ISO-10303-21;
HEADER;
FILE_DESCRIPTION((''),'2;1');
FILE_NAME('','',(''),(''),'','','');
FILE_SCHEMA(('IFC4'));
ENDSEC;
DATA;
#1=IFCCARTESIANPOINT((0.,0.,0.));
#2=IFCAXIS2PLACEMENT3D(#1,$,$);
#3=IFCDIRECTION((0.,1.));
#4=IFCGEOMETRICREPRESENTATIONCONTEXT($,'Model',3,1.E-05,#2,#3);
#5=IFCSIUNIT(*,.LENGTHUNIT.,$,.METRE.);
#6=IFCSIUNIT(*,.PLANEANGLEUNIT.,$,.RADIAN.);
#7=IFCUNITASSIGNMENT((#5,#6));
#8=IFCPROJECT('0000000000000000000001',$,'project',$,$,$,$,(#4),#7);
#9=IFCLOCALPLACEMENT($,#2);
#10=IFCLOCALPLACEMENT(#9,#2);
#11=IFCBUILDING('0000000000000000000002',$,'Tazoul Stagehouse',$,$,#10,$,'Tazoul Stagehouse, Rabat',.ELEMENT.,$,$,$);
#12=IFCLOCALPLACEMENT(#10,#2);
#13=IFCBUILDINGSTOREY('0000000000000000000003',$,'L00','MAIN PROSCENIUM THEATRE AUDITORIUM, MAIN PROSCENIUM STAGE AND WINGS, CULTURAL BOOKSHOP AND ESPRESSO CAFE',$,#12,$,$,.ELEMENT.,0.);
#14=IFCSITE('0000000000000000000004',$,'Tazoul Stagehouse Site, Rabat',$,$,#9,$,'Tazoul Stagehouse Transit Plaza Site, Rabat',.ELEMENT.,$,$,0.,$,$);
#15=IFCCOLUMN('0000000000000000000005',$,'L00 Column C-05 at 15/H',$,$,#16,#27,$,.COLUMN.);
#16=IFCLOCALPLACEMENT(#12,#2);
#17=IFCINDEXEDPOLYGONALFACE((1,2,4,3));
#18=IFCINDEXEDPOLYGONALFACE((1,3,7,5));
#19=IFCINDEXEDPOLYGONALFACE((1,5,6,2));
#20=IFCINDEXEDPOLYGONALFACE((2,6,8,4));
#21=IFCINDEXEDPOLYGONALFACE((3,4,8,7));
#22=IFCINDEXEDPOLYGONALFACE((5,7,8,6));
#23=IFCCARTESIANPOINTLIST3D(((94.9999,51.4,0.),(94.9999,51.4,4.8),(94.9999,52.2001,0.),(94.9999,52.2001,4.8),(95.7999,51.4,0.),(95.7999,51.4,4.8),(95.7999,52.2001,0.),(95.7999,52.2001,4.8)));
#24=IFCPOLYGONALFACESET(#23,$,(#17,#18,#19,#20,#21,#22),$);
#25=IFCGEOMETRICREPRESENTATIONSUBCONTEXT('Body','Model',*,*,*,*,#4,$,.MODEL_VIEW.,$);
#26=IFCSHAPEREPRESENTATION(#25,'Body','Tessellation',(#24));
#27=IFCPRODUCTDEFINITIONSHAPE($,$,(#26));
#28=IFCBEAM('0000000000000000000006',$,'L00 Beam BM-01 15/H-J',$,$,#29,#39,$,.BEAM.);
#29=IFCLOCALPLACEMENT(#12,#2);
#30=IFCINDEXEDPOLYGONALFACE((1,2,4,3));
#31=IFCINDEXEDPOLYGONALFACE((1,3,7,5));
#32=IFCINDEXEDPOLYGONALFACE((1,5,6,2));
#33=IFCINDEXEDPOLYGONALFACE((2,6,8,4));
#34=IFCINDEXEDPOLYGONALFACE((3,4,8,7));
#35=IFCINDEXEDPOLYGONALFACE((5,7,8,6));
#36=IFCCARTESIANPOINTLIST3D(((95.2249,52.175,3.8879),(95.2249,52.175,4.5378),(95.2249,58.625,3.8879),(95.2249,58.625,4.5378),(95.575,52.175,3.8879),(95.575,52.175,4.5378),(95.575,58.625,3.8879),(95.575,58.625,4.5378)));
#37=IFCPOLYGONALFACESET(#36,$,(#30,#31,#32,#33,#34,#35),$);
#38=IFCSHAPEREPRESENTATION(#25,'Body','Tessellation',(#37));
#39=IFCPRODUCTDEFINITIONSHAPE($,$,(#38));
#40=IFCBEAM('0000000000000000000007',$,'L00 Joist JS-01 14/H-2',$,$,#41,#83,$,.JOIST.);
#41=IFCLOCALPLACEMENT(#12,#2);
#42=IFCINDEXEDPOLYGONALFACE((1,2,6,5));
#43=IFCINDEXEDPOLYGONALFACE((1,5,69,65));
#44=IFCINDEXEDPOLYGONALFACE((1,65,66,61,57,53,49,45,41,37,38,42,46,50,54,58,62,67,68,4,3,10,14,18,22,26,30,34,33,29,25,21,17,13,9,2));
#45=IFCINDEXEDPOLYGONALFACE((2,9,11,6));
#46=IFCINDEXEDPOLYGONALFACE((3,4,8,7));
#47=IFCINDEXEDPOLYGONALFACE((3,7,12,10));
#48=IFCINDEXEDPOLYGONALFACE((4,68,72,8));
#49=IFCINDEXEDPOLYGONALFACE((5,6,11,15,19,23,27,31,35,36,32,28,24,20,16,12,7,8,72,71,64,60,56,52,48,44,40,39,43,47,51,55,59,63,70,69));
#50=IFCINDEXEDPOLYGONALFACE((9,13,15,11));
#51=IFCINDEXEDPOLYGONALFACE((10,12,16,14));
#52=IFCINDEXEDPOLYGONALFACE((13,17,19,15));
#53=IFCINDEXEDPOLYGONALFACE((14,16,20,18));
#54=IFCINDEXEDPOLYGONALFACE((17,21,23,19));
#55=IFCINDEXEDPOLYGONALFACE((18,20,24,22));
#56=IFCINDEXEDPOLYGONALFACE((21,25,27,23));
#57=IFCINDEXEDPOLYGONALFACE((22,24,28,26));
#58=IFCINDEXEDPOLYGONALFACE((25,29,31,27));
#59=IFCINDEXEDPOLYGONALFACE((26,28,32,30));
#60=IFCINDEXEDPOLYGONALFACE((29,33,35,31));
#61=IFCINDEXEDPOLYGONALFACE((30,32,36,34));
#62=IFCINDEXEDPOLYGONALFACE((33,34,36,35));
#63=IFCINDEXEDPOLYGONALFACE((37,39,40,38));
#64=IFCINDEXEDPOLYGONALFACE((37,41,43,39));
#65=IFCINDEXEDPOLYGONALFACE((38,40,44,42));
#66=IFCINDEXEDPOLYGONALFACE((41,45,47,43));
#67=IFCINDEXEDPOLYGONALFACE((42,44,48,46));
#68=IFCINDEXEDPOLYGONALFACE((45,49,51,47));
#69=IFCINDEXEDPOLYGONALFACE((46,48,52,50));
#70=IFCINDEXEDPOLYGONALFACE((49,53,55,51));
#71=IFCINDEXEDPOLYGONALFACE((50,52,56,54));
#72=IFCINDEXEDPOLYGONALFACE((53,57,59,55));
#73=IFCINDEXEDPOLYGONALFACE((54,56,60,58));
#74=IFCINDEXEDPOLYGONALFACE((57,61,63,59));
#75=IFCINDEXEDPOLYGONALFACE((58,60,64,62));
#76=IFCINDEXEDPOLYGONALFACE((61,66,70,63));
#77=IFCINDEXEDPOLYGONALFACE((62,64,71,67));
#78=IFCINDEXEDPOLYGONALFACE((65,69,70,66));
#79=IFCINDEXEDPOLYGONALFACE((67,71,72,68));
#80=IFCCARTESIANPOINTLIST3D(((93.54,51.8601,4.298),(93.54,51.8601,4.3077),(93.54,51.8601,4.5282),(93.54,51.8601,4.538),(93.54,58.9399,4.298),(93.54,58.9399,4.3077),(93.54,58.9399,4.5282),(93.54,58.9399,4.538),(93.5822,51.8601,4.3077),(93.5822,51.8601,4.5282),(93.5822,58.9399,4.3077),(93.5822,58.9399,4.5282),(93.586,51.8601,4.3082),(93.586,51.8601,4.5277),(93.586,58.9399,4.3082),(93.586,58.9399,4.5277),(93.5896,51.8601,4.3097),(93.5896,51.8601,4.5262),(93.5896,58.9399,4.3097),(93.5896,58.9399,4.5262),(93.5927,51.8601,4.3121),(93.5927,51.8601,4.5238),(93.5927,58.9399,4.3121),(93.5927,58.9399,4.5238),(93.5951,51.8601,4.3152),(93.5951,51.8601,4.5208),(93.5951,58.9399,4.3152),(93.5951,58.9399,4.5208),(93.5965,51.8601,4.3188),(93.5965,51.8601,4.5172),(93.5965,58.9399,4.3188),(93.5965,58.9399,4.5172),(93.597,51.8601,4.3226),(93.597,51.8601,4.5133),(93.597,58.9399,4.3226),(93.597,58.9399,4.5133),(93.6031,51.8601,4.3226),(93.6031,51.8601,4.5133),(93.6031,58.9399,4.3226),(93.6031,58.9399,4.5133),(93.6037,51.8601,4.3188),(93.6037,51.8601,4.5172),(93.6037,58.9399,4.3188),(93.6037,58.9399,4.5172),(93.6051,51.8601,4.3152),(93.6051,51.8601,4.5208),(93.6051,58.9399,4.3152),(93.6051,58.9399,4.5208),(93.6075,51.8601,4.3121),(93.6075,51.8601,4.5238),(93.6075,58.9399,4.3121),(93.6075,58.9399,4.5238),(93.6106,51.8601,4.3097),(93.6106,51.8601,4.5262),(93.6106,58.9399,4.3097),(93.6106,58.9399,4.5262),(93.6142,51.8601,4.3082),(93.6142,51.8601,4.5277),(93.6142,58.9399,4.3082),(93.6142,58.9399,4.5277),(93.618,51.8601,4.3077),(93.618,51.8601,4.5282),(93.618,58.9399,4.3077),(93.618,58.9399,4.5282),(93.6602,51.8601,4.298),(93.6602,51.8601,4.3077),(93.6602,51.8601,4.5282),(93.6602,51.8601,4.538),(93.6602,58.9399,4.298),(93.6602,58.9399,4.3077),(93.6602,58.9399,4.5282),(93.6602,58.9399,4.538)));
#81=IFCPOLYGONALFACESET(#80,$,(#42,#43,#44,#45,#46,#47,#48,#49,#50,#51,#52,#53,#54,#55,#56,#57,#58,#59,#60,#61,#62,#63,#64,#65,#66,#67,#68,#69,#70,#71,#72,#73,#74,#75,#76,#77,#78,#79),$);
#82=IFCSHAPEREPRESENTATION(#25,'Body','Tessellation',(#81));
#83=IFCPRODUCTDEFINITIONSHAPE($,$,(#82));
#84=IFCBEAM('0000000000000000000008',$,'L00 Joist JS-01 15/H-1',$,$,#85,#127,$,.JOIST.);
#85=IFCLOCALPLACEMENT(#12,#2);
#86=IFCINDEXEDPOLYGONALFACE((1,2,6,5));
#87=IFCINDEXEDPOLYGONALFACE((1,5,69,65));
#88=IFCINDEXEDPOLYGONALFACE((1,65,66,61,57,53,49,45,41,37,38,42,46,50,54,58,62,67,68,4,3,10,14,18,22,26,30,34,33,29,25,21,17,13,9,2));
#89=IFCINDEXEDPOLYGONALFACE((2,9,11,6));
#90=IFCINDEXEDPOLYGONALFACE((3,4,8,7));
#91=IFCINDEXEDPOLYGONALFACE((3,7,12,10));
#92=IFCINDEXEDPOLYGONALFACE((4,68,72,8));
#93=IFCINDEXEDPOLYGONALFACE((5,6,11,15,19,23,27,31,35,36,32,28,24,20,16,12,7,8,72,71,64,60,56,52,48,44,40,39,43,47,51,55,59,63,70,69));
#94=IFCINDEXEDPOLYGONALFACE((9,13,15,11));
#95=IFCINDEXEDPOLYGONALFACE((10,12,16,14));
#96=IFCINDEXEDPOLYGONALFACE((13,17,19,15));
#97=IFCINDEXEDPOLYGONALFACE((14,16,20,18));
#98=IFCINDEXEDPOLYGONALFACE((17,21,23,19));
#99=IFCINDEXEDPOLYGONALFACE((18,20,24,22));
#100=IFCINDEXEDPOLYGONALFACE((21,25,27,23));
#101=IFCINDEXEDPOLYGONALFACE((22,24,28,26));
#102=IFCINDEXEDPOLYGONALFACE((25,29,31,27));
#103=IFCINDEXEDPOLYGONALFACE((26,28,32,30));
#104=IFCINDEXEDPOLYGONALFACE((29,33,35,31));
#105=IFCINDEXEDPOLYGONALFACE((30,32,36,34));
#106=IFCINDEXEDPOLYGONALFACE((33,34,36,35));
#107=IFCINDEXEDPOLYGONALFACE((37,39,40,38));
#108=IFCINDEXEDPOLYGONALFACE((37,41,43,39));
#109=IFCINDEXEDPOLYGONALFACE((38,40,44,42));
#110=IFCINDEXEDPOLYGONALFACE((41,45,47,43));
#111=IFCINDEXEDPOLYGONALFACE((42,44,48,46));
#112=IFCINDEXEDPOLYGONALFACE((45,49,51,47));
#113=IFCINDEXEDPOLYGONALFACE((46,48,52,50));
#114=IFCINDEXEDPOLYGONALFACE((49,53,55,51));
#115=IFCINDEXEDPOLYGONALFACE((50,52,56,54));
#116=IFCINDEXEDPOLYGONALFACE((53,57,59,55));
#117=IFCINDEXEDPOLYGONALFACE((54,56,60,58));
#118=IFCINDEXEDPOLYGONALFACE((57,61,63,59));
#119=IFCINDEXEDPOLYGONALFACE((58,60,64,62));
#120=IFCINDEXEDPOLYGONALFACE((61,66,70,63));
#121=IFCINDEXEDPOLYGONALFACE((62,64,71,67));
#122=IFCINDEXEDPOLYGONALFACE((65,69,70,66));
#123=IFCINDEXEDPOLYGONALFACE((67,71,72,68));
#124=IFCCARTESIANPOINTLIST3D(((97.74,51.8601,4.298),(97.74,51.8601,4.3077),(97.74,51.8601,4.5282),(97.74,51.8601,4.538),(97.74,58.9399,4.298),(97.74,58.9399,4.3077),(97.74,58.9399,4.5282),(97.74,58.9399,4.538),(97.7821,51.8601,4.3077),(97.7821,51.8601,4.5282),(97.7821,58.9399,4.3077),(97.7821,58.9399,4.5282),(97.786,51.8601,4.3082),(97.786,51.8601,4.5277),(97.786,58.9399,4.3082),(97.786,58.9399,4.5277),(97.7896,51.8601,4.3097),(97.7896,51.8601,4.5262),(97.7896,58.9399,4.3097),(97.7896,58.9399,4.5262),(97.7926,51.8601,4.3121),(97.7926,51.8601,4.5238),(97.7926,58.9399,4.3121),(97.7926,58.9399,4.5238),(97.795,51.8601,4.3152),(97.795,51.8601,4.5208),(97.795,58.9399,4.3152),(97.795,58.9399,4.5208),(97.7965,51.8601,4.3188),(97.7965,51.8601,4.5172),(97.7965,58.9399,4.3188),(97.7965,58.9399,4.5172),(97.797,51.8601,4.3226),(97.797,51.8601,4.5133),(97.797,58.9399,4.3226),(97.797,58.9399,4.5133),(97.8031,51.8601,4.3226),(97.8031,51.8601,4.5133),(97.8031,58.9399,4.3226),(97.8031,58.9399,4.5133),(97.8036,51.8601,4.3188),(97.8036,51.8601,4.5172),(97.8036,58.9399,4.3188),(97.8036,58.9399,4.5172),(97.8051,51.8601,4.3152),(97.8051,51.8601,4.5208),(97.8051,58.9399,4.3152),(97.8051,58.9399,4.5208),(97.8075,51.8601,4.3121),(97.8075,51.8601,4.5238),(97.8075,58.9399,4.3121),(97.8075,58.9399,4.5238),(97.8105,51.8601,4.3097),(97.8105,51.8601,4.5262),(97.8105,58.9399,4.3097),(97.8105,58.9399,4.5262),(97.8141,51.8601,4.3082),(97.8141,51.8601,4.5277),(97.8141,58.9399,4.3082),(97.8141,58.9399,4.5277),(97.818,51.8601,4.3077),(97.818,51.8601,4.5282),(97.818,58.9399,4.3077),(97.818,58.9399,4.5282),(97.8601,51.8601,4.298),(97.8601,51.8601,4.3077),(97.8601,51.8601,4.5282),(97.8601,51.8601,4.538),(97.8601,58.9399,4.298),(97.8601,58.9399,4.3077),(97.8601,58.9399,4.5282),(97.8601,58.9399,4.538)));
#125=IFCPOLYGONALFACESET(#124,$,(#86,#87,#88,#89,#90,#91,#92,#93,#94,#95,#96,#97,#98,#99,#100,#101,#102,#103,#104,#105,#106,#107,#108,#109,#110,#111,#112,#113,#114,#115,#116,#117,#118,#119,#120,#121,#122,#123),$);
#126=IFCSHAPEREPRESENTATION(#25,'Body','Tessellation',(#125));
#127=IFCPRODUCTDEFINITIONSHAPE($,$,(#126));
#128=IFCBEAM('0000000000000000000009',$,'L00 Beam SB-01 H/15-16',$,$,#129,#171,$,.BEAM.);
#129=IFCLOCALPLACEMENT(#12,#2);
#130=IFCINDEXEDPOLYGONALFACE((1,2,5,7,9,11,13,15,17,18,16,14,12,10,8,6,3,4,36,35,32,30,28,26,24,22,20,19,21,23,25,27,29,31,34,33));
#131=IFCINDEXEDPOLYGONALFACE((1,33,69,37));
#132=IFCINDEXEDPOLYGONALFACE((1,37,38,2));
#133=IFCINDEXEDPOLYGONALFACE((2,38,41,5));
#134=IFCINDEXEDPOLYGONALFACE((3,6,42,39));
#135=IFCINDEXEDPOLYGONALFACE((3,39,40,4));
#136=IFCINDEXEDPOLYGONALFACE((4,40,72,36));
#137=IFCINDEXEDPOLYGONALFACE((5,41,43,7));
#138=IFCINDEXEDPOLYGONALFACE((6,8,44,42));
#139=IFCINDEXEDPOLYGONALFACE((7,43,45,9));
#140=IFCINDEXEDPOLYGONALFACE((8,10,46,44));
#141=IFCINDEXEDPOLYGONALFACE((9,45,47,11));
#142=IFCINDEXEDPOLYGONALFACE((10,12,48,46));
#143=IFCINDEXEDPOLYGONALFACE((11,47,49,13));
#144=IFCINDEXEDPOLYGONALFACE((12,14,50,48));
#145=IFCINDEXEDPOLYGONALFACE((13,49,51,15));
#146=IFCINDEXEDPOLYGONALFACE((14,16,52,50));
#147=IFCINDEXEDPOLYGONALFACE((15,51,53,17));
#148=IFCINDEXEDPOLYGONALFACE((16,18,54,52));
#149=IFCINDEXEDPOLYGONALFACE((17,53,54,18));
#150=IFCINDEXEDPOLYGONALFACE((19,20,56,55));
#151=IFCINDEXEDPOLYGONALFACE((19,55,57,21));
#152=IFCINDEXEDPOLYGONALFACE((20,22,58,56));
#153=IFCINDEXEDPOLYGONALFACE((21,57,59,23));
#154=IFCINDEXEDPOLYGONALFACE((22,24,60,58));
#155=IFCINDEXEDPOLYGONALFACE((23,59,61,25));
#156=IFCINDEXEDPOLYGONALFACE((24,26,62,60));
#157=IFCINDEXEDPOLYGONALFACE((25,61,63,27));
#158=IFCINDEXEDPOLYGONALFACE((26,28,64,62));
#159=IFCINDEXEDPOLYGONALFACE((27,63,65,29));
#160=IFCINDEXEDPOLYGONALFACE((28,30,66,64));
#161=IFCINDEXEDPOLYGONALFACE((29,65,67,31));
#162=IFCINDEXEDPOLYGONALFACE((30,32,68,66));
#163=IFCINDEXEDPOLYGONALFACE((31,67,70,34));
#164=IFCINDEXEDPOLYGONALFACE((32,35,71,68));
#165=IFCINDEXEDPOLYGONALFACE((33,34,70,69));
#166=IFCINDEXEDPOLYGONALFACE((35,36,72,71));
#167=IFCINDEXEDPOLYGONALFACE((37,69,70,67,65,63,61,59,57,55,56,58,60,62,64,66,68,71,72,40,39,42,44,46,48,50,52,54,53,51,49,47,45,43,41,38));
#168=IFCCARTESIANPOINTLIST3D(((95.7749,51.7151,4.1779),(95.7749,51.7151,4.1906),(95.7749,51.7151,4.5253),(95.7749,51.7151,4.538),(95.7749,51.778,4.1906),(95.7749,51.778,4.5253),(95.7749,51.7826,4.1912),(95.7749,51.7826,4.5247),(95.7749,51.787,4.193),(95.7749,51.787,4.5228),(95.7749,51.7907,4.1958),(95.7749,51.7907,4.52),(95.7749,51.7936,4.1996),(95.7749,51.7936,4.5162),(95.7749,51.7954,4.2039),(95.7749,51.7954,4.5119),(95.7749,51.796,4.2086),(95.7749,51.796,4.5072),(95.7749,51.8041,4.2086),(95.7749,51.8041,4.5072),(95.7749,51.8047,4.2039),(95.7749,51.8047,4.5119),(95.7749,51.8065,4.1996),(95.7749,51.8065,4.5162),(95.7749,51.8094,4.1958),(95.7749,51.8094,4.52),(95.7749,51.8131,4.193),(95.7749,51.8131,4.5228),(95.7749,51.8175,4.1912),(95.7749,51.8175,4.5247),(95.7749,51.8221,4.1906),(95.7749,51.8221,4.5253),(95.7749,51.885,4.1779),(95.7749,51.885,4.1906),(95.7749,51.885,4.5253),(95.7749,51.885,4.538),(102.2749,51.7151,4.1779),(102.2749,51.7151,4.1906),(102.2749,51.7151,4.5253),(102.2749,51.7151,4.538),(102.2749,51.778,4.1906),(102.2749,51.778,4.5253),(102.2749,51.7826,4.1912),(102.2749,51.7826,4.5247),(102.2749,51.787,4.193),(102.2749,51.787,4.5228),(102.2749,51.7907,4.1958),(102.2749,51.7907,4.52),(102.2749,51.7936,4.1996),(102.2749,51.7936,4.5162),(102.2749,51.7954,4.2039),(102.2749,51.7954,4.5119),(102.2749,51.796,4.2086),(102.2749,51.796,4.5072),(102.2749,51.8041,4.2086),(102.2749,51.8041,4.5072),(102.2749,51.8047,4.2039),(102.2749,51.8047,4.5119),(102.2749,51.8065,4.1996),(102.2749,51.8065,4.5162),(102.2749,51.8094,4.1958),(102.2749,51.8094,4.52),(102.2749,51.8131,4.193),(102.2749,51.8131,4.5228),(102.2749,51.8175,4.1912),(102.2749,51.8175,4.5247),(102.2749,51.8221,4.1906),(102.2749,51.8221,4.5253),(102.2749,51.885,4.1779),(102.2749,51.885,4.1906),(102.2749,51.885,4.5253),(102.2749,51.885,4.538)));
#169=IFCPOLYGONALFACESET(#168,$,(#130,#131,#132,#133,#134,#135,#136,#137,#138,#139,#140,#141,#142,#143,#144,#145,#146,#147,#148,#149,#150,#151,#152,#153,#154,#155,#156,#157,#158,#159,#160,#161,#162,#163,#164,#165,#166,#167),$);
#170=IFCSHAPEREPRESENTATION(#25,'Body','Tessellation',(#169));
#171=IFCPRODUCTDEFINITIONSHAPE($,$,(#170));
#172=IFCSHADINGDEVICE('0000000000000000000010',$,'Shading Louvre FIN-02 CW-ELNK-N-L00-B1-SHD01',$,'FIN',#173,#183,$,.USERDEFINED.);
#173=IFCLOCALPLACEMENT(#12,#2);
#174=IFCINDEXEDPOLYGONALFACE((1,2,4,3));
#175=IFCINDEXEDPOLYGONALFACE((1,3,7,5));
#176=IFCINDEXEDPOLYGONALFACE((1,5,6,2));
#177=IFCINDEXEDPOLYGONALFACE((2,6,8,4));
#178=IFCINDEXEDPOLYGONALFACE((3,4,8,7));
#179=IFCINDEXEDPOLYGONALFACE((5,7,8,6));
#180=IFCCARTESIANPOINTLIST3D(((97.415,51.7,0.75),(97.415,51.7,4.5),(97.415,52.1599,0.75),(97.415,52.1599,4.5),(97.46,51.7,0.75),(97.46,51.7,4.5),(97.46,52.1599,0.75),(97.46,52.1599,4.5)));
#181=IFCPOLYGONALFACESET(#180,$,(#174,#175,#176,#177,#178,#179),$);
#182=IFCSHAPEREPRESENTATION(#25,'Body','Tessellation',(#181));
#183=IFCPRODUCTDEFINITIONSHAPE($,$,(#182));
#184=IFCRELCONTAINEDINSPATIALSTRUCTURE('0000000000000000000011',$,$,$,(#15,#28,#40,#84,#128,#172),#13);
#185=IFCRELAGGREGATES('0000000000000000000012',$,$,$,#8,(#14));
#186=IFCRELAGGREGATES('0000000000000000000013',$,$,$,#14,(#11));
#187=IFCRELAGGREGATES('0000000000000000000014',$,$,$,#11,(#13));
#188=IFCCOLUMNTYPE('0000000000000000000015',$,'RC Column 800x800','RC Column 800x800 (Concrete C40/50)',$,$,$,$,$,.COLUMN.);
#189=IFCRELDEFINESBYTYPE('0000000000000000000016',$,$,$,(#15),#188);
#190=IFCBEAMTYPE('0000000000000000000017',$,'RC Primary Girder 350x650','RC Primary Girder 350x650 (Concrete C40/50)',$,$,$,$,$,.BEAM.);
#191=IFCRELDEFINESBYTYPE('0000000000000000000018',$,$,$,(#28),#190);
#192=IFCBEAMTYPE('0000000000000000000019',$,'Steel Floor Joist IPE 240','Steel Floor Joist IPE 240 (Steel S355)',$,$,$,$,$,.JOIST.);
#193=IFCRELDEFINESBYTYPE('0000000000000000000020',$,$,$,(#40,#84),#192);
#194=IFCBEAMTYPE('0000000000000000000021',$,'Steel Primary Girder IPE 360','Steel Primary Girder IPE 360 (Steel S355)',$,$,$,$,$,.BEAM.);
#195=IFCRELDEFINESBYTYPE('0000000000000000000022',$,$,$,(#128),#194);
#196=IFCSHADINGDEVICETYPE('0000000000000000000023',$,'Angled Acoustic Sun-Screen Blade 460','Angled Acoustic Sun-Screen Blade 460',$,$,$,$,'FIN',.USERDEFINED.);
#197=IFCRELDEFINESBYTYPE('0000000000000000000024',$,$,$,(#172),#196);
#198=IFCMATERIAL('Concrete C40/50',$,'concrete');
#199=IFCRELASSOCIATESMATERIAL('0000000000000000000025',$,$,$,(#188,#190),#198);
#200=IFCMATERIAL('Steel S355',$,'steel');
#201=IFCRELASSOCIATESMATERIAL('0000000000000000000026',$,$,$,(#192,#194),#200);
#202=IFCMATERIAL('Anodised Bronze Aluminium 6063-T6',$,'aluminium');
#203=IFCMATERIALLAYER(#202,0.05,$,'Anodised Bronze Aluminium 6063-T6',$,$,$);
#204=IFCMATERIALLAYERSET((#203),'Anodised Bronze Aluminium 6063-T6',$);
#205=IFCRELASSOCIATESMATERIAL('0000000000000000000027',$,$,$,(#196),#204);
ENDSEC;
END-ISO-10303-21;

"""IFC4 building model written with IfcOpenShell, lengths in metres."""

from ifc_helpers import new_model, si_unit, direction, frame, origin, origin_2d, place, context, subcontext, project, spatial, rectangle, i_section, extrude, material, layer, layer_set, material_profile, profile_set, type_object, element, save


model = new_model("IFC4")

# Units and contexts
model_context = context("Model", 3, precision=1e-05, world=origin(), true_north=direction((0.0, 1.0)))
body_context = subcontext(model_context, "Body", "Model", "MODEL_VIEW")
ifc_project = project(units=[si_unit("LENGTHUNIT", "METRE"), si_unit("PLANEANGLEUNIT", "RADIAN")], contexts=[model_context])

# Site, building, storey
site_placement = place(None, origin())
site = spatial("IfcSite", under=ifc_project, at=site_placement, Name="Tazoul Stagehouse Site, Rabat", LongName="Tazoul Stagehouse Transit Plaza Site, Rabat", CompositionType="ELEMENT", RefElevation=0.0)
building_placement = place(site_placement, origin())
building = spatial("IfcBuilding", under=site, at=building_placement, Name="Tazoul Stagehouse", LongName="Tazoul Stagehouse, Rabat", CompositionType="ELEMENT")
storey_placement = place(building_placement, origin())
storey = spatial("IfcBuildingStorey", under=building, at=storey_placement, Name="L00", Description="MAIN PROSCENIUM THEATRE AUDITORIUM, MAIN PROSCENIUM STAGE AND WINGS, CULTURAL BOOKSHOP AND ESPRESSO CAFE", CompositionType="ELEMENT", Elevation=0.0)

# Column
ifc_material_1 = material(Name="Concrete C40/50", Category="concrete")
ifc_material_profile_1 = material_profile(ifc_material_1, rectangle(XDim=0.8, YDim=0.8, at=origin_2d()), Name="RC 800x800")
ifc_profile_set_1 = profile_set([ifc_material_profile_1], Name="Concrete C40/50")
column_type = type_object("IfcColumnType", Name="RC Column 800x800", Description="RC Column 800x800 (Concrete C40/50)", PredefinedType="COLUMN", material=ifc_profile_set_1)
column_placement = place(storey_placement, frame((95.3999, 51.8, 0.0), z_axis=(0.0, 0.0, 1.0), x_axis=(1.0, 0.0, 0.0)))
element("IfcColumn", 1, at=column_placement, inside=storey, type_object=column_type, Name="L00 Column C-05 at 15/H", PredefinedType="COLUMN", context=body_context, shape_type="SweptSolid", body=[
    extrude(rectangle(XDim=0.8, YDim=0.8, at=origin_2d()), origin(), (0.0, 0.0, 1.0), 4.8),
])

# Beams
ifc_material_profile_2 = material_profile(ifc_material_1, rectangle(XDim=0.3501, YDim=0.6499, at=origin_2d()), Name="RC 350x650")
ifc_profile_set_2 = profile_set([ifc_material_profile_2], Name="Concrete C40/50")
beam_type_1 = type_object("IfcBeamType", Name="RC Primary Girder 350x650", Description="RC Primary Girder 350x650 (Concrete C40/50)", PredefinedType="BEAM", material=ifc_profile_set_2)
beam_1_placement = place(storey_placement, frame((95.3999, 52.175, 4.2129), z_axis=(0.0, 1.0, 0.0), x_axis=(-1.0, 0.0, 0.0)))
element("IfcBeam", 2, at=beam_1_placement, inside=storey, type_object=beam_type_1, Name="L00 Beam BM-01 15/H-J", PredefinedType="BEAM", context=body_context, shape_type="SweptSolid", body=[
    extrude(rectangle(XDim=0.3501, YDim=0.6499, at=origin_2d()), origin(), (0.0, 0.0, 1.0), 6.45),
])
ifc_material_2 = material(Name="Steel S355", Category="steel")
ifc_material_profile_3 = material_profile(ifc_material_2, i_section(OverallWidth=0.1201, OverallDepth=0.24, WebThickness=0.0061, FlangeThickness=0.0098, FilletRadius=0.0149, at=origin_2d()), Name="IPE 240")
ifc_profile_set_3 = profile_set([ifc_material_profile_3], Name="Steel S355")
beam_type_2 = type_object("IfcBeamType", Name="Steel Floor Joist IPE 240", Description="Steel Floor Joist IPE 240 (Steel S355)", PredefinedType="JOIST", material=ifc_profile_set_3)
for number, where, z_axis, x_axis, name in (
    (3, (93.6001, 51.8601, 4.418), (0.0, 1.0, 0.0), (-1.0, 0.0, 0.0), "L00 Joist JS-01 14/H-2"),
    (4, (97.8, 51.8601, 4.418), (0.0, 1.0, 0.0), (-1.0, 0.0, 0.0), "L00 Joist JS-01 15/H-1"),
):
    element("IfcBeam", number, at=place(storey_placement, frame(where, z_axis=z_axis, x_axis=x_axis)), inside=storey, type_object=beam_type_2, Name=name, PredefinedType="JOIST", context=body_context, shape_type="SweptSolid", body=[
        extrude(i_section(OverallWidth=0.1201, OverallDepth=0.24, WebThickness=0.0061, FlangeThickness=0.0098, FilletRadius=0.0149, at=origin_2d()), origin(), (0.0, 0.0, 1.0), 7.0798),
    ])
ifc_material_profile_4 = material_profile(ifc_material_2, i_section(OverallWidth=0.1699, OverallDepth=0.3601, WebThickness=0.0081, FlangeThickness=0.0127, FilletRadius=0.0181, at=origin_2d()), Name="IPE 360")
ifc_profile_set_4 = profile_set([ifc_material_profile_4], Name="Steel S355")
beam_type_3 = type_object("IfcBeamType", Name="Steel Primary Girder IPE 360", Description="Steel Primary Girder IPE 360 (Steel S355)", PredefinedType="BEAM", material=ifc_profile_set_4)
beam_2_placement = place(storey_placement, frame((95.7749, 51.8, 4.3579), z_axis=(1.0, 0.0, 0.0), x_axis=(0.0, 1.0, 0.0)))
element("IfcBeam", 5, at=beam_2_placement, inside=storey, type_object=beam_type_3, Name="L00 Beam SB-01 H/15-16", PredefinedType="BEAM", context=body_context, shape_type="SweptSolid", body=[
    extrude(i_section(OverallWidth=0.1699, OverallDepth=0.3601, WebThickness=0.0081, FlangeThickness=0.0127, FilletRadius=0.0181, at=origin_2d()), origin(), (0.0, 0.0, 1.0), 6.5),
])

# Shading device
ifc_material_3 = material(Name="Anodised Bronze Aluminium 6063-T6", Category="aluminium")
ifc_layer = layer(ifc_material_3, 0.05, Name="Anodised Bronze Aluminium 6063-T6")
ifc_layer_set = layer_set([ifc_layer], Name="Anodised Bronze Aluminium 6063-T6")
shading_device_type = type_object("IfcShadingDeviceType", Name="Angled Acoustic Sun-Screen Blade 460", Description="Angled Acoustic Sun-Screen Blade 460", ElementType="FIN", PredefinedType="USERDEFINED", material=ifc_layer_set)
shading_device_placement = place(storey_placement, frame((97.4375, 51.9299, 0.75), z_axis=(0.0, 0.0, 1.0), x_axis=(1.0, 0.0, 0.0)))
element("IfcShadingDevice", 6, at=shading_device_placement, inside=storey, type_object=shading_device_type, Name="Shading Louvre FIN-02 CW-ELNK-N-L00-B1-SHD01", ObjectType="FIN", PredefinedType="USERDEFINED", context=body_context, shape_type="SweptSolid", body=[
    extrude(rectangle(XDim=0.0449, YDim=0.46, at=origin_2d()), origin(), (0.0, 0.0, 1.0), 3.75),
])

save(model, "model.ifc")
